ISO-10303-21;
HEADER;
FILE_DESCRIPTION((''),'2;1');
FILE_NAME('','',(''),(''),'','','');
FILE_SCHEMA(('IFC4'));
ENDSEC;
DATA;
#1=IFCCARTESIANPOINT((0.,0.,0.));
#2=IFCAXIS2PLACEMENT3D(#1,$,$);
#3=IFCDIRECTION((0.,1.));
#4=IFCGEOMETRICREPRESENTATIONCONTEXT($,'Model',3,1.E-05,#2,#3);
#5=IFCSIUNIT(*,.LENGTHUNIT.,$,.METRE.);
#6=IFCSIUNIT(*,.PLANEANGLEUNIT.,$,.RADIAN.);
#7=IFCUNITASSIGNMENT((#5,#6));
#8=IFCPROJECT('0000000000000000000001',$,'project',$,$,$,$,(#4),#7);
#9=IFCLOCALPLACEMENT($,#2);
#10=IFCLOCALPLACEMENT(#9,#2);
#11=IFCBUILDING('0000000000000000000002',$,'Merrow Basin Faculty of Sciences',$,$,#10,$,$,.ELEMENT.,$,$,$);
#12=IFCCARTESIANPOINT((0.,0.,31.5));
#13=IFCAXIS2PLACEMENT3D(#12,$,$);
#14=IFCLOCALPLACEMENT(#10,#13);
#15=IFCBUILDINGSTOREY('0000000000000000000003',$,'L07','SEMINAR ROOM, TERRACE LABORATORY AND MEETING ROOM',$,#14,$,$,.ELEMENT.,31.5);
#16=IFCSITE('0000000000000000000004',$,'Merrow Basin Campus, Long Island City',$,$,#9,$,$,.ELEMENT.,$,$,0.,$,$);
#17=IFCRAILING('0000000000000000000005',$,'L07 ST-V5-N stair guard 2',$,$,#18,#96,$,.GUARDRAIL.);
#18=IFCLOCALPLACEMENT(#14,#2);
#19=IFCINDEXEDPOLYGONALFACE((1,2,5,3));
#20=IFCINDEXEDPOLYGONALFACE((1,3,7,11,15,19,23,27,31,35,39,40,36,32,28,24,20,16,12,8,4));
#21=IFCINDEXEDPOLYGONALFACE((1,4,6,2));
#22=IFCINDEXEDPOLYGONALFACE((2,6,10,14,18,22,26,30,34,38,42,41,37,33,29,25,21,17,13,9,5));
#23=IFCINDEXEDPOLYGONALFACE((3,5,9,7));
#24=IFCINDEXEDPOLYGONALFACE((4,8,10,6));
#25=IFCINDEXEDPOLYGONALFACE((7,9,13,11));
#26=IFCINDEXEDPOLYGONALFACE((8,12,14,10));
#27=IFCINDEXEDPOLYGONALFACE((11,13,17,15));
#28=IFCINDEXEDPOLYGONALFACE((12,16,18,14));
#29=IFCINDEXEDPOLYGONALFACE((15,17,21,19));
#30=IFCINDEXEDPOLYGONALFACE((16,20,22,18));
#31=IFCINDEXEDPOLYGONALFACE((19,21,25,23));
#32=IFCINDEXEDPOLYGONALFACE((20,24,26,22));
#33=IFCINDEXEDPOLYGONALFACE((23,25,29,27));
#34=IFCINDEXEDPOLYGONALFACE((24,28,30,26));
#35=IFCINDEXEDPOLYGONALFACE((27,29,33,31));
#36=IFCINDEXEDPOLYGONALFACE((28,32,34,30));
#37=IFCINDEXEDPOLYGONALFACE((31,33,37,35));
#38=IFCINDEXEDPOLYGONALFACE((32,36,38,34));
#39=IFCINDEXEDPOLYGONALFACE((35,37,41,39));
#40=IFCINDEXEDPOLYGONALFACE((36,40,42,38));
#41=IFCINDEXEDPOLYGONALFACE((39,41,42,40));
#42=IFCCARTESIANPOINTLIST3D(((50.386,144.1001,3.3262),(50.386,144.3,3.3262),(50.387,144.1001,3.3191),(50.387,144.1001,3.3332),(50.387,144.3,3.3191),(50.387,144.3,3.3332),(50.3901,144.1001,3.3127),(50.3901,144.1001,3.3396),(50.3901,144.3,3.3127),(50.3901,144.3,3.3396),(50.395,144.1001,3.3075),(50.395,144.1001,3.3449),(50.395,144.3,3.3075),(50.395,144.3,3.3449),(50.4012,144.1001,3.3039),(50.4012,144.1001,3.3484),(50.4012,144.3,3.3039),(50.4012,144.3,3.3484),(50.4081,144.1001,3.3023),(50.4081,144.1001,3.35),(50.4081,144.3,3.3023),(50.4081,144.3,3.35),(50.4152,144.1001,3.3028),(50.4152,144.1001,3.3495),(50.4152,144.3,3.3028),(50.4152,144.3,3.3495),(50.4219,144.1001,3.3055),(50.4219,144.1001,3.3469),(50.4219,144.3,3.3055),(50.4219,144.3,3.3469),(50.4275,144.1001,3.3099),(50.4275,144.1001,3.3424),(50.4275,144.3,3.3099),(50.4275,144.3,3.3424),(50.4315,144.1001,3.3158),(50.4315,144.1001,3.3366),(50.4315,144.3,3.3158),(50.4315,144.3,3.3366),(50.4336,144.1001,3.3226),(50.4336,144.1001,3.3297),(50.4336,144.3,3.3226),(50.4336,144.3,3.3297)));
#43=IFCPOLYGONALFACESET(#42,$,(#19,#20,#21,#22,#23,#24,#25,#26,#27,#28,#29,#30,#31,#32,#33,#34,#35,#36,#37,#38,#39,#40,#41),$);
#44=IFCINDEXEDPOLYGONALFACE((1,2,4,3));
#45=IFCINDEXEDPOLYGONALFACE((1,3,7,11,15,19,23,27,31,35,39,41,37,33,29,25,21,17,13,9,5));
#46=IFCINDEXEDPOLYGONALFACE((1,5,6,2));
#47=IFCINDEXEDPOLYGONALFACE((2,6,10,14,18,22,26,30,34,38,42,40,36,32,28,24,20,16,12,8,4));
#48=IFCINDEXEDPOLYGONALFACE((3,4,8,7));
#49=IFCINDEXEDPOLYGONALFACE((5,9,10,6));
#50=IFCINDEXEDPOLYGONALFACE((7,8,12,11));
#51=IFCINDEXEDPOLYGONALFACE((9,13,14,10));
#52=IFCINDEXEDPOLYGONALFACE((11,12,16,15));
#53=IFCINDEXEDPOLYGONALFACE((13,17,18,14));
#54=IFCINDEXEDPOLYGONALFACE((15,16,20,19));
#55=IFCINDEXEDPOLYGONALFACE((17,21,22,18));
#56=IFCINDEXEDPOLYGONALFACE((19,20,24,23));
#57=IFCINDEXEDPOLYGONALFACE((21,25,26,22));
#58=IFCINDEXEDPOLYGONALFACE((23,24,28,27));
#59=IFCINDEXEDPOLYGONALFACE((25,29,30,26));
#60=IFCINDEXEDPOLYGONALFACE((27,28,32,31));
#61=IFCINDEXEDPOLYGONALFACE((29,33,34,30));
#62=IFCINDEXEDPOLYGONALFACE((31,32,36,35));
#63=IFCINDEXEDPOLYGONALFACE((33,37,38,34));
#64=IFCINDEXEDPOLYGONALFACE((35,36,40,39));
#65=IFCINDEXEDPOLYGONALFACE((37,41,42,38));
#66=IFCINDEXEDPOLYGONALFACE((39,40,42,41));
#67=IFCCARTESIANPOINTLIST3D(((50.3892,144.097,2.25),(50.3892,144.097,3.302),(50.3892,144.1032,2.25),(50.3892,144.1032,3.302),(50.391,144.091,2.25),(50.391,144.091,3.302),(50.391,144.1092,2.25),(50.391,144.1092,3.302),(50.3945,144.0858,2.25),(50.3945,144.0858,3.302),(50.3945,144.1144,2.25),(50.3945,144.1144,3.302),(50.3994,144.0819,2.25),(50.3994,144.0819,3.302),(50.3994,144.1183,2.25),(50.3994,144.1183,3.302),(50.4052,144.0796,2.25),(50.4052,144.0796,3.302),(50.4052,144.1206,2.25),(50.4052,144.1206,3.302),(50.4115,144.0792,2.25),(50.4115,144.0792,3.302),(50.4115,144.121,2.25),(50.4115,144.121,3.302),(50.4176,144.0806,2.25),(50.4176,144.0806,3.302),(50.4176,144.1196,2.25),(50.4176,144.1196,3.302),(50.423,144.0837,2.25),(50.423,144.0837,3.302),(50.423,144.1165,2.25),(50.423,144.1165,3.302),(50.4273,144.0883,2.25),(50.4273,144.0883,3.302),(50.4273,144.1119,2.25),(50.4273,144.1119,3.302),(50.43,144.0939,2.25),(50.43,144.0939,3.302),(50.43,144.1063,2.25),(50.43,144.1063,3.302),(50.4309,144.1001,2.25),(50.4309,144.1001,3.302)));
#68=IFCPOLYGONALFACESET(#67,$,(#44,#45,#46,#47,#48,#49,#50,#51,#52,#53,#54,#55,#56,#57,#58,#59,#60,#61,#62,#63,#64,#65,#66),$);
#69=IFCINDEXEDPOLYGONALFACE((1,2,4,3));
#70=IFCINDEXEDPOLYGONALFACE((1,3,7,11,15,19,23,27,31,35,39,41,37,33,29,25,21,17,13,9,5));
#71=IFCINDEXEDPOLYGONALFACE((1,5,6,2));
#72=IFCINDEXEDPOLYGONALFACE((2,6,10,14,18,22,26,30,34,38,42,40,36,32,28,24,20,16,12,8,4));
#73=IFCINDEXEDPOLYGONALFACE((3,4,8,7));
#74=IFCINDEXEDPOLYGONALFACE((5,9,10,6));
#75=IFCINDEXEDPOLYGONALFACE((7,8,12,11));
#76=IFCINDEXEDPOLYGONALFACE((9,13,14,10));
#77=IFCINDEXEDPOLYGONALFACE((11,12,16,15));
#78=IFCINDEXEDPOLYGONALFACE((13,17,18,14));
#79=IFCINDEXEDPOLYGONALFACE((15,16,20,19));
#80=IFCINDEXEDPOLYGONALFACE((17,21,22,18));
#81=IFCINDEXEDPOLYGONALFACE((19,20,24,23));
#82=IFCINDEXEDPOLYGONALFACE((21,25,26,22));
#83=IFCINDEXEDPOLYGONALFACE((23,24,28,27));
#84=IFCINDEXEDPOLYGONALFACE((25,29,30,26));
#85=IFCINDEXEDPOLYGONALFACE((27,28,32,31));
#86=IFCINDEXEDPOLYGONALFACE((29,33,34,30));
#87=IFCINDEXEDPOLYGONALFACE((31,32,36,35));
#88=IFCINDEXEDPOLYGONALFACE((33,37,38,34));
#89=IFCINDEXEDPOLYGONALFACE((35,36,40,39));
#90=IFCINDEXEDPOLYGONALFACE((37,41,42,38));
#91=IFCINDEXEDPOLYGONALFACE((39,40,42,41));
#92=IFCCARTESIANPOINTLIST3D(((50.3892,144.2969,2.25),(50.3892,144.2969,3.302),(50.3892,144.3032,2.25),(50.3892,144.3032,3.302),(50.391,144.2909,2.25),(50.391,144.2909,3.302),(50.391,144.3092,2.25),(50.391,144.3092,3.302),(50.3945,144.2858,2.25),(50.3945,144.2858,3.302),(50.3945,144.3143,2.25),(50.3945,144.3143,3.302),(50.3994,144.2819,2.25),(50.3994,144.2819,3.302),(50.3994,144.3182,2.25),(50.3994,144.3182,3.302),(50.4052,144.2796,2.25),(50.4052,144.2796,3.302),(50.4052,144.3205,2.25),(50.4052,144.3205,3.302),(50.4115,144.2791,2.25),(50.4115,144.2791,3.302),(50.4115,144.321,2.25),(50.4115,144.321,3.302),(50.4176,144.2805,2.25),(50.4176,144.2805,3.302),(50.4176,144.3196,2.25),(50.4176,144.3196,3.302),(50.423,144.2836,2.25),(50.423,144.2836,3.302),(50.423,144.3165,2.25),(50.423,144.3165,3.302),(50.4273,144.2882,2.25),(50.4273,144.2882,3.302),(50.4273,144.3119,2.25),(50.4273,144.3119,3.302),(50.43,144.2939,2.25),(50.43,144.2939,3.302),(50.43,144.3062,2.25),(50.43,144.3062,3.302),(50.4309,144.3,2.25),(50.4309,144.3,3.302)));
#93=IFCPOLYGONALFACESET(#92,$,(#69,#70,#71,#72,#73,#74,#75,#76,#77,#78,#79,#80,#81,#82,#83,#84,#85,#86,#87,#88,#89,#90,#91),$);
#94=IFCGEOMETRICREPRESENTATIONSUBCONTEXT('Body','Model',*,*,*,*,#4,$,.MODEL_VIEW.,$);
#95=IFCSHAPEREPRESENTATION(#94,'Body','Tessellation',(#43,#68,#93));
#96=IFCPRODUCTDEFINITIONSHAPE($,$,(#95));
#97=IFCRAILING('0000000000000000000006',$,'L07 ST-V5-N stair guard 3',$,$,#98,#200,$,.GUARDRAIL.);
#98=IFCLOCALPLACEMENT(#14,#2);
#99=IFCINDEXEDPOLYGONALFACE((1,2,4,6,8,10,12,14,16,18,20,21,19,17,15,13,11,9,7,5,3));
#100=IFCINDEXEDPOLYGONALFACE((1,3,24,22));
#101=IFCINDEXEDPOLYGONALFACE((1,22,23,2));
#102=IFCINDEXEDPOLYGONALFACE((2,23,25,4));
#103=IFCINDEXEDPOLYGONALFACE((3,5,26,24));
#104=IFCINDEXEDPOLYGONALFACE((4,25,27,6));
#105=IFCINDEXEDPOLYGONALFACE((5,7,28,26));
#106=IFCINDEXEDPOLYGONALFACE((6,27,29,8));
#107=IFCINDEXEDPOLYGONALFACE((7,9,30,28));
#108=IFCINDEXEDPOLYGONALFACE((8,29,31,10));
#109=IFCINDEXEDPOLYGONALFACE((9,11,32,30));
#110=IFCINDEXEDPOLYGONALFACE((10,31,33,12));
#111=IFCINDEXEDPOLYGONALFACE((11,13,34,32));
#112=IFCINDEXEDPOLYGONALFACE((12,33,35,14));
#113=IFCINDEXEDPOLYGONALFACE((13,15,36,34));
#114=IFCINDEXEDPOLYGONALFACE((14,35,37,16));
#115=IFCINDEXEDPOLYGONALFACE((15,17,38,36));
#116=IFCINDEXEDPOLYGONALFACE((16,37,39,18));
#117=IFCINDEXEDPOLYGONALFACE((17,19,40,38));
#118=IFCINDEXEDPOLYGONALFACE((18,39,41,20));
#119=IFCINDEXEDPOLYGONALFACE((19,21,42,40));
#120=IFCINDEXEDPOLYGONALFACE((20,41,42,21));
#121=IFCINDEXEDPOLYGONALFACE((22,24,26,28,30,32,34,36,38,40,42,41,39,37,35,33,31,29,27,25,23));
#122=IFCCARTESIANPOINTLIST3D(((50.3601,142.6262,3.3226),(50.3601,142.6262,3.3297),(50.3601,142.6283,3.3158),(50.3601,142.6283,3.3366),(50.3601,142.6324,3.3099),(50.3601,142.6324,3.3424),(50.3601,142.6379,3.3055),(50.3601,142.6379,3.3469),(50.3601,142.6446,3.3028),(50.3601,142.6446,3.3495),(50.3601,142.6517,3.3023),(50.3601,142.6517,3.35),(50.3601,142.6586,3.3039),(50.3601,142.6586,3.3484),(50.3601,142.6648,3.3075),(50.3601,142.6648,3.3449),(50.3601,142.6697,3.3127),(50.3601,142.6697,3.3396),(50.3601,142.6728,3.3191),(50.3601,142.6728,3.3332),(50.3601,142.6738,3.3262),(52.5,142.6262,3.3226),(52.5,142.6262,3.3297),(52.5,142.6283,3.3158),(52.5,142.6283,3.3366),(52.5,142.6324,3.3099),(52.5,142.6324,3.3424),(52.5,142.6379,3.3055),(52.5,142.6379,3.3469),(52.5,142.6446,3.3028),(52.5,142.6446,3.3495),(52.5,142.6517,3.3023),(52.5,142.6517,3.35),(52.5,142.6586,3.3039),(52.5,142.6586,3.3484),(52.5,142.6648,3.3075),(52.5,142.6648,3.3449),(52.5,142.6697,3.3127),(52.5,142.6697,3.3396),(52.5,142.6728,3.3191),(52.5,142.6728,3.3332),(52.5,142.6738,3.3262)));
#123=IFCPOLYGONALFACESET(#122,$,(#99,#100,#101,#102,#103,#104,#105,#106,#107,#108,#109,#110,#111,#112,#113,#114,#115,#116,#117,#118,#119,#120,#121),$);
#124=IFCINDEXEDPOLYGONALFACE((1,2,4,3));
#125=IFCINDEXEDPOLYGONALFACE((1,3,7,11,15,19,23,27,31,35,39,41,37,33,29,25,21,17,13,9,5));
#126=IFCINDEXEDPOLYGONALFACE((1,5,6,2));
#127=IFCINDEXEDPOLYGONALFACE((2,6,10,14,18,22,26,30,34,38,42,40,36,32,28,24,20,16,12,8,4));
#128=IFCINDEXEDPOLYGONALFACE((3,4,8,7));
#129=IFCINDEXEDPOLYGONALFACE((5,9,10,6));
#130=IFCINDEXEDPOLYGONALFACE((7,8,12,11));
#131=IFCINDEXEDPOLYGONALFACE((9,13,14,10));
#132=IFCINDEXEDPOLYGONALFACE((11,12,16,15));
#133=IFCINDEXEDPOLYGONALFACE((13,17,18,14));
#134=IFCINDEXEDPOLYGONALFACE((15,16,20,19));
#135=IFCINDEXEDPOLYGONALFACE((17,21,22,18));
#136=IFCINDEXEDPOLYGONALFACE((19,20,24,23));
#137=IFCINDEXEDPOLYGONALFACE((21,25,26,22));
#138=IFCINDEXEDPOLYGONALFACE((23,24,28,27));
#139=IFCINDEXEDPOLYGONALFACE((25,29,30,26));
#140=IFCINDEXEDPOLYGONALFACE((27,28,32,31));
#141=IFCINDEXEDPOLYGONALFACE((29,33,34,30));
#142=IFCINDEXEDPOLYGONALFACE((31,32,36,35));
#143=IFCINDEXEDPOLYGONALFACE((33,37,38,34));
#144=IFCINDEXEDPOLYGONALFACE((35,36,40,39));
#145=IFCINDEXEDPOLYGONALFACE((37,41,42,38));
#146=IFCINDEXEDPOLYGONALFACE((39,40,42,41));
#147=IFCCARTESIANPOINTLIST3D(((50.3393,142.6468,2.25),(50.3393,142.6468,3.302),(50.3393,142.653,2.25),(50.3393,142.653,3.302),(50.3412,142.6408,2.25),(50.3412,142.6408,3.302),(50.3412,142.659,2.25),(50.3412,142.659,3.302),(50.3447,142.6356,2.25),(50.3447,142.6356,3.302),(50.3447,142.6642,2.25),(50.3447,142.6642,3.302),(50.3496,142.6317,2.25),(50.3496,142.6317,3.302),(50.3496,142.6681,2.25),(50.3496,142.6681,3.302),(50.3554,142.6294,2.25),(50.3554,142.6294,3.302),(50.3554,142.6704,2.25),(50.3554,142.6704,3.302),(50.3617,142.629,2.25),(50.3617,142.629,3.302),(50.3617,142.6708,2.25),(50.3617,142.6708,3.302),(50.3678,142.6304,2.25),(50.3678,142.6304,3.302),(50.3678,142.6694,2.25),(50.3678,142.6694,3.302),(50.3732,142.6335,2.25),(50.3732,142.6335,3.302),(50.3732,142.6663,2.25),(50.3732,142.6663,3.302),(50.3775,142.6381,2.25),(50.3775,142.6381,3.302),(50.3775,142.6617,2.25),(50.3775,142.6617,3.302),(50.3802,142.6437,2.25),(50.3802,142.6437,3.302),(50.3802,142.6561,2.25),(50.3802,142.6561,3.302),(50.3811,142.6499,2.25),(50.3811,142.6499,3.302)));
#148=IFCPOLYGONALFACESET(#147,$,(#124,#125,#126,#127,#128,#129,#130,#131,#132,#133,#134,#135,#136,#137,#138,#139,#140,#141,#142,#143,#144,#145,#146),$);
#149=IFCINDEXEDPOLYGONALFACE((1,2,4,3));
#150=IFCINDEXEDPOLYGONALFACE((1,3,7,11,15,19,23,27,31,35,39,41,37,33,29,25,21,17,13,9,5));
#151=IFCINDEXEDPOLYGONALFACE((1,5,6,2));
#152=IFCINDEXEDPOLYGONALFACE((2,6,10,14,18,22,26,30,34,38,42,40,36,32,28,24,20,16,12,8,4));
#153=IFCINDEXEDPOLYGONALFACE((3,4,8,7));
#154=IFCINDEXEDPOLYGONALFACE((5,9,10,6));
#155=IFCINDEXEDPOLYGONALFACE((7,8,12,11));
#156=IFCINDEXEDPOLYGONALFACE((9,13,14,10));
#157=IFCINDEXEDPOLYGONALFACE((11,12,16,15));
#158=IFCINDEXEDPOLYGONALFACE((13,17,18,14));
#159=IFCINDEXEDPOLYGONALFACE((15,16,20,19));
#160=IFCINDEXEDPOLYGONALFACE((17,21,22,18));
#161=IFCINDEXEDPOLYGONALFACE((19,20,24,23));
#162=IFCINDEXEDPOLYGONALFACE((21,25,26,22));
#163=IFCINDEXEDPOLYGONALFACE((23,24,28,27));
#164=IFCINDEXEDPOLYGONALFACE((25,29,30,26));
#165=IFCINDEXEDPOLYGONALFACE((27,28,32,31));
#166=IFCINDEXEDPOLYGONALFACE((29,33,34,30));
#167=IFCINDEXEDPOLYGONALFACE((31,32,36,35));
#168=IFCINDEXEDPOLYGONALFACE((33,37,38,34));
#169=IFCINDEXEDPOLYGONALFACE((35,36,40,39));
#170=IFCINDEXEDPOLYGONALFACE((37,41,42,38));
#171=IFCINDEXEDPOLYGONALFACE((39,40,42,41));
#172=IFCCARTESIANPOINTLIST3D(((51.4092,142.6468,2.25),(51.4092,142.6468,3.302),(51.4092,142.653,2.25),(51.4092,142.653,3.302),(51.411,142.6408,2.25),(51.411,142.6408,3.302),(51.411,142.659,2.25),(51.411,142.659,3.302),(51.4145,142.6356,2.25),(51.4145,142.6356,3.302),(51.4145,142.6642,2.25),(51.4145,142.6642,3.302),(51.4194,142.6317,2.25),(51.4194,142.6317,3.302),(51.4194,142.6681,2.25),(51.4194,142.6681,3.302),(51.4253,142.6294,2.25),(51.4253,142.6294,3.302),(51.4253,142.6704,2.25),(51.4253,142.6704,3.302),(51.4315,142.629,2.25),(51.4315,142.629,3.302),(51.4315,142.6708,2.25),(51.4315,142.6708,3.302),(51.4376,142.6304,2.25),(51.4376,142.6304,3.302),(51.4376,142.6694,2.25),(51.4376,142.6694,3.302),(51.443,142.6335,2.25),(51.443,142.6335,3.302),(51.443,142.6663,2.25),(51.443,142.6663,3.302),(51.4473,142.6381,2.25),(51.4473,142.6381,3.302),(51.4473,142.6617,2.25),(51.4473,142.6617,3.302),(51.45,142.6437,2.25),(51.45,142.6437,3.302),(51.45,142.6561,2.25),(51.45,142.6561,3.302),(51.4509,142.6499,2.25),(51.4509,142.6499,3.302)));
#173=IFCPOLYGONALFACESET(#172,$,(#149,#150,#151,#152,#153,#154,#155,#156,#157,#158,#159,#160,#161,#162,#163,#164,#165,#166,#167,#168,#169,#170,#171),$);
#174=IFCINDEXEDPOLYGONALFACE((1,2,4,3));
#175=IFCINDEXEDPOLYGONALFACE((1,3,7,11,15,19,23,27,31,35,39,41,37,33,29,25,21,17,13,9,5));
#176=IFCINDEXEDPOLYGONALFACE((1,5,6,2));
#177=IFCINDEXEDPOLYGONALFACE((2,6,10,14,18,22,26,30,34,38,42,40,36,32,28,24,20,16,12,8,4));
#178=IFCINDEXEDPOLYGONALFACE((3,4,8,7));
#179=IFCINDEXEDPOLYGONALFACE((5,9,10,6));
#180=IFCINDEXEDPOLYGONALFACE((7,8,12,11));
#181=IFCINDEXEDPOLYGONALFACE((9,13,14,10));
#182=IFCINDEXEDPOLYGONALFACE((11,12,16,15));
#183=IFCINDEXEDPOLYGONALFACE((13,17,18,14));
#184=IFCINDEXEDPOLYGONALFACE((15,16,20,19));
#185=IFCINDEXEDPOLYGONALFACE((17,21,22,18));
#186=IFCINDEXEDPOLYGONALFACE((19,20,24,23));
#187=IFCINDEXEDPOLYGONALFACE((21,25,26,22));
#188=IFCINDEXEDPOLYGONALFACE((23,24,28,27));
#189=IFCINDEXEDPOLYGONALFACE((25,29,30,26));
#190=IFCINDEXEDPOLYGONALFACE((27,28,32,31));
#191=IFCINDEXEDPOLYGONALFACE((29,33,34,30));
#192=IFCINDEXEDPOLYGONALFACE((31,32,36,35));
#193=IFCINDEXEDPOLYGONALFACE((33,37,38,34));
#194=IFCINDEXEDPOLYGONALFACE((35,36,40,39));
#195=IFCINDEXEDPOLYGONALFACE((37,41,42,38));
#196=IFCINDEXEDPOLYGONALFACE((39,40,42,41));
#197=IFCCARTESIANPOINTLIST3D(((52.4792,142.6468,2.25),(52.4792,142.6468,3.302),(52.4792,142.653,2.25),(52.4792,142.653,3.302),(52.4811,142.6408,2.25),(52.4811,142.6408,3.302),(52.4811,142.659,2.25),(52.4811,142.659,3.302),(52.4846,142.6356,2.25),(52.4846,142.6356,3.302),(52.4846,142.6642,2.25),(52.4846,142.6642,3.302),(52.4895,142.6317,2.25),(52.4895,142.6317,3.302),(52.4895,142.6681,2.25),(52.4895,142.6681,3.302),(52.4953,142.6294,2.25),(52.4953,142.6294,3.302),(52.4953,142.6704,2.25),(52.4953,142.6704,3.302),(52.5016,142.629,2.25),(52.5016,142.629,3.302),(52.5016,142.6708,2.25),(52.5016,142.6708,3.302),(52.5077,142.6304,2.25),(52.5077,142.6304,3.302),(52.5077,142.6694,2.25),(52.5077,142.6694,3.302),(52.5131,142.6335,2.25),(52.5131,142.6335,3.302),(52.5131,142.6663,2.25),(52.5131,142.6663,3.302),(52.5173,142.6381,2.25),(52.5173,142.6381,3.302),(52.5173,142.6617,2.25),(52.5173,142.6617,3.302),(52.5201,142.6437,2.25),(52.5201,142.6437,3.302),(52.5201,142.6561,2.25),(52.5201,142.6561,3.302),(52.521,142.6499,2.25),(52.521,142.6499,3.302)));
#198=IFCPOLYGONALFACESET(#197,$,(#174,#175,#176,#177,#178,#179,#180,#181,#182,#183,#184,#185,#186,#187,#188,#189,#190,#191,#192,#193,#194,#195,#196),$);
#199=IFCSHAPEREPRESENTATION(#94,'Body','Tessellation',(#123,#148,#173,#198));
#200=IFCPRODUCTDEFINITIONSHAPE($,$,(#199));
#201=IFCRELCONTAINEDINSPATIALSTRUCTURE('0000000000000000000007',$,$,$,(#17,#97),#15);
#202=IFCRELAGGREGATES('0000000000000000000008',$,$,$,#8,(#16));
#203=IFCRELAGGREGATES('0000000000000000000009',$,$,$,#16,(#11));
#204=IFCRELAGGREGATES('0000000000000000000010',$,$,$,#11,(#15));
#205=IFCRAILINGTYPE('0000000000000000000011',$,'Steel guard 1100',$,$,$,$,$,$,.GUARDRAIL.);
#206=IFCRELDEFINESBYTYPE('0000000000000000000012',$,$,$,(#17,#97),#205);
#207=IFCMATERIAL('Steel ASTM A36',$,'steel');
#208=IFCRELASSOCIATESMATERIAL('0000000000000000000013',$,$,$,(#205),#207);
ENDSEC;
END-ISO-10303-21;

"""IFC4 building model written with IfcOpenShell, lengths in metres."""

from ifc_helpers import new_model, si_unit, direction, frame, origin, origin_2d, place, context, subcontext, project, spatial, circle, extrude, material, type_object, element, save


model = new_model("IFC4")

# Units and contexts
model_context = context("Model", 3, precision=1e-05, world=origin(), true_north=direction((0.0, 1.0)))
body_context = subcontext(model_context, "Body", "Model", "MODEL_VIEW")
ifc_project = project(units=[si_unit("LENGTHUNIT", "METRE"), si_unit("PLANEANGLEUNIT", "RADIAN")], contexts=[model_context])

# Site, building, storey
site_placement = place(None, origin())
site = spatial("IfcSite", under=ifc_project, at=site_placement, Name="Merrow Basin Campus, Long Island City", CompositionType="ELEMENT", RefElevation=0.0)
building_placement = place(site_placement, origin())
building = spatial("IfcBuilding", under=site, at=building_placement, Name="Merrow Basin Faculty of Sciences", CompositionType="ELEMENT")
storey_placement = place(building_placement, frame((0.0, 0.0, 31.5)))
storey = spatial("IfcBuildingStorey", under=building, at=storey_placement, Name="L07", Description="SEMINAR ROOM, TERRACE LABORATORY AND MEETING ROOM", CompositionType="ELEMENT", Elevation=31.5)

# Railings
ifc_material_1 = material(Name="Steel ASTM A36", Category="steel")
railing_type_1 = type_object("IfcRailingType", Name="Steel guard 1100", PredefinedType="GUARDRAIL", material=ifc_material_1)
railing_1_placement = place(storey_placement, frame((50.4099, 144.1001, 2.25)))
element("IfcRailing", 1, at=railing_1_placement, inside=storey, type_object=railing_type_1, Name="L07 ST-V5-N stair guard 2", PredefinedType="GUARDRAIL", context=body_context, shape_type="SweptSolid", body=[
    extrude(circle(Radius=0.0239, at=origin_2d()), frame((0.0, 0.0, 1.0762), z_axis=(0.0, 1.0, 0.0), x_axis=(-1.0, 0.0, 0.0)), (0.0, 0.0, 1.0), 0.2),
    extrude(circle(Radius=0.021, at=origin_2d()), origin(), (0.0, 0.0, 1.0), 1.052),
    extrude(circle(Radius=0.021, at=origin_2d()), frame((0.0, 0.2, 0.0)), (0.0, 0.0, 1.0), 1.052),
])
railing_2_placement = place(storey_placement, frame((50.3601, 142.6499, 2.25)))
element("IfcRailing", 2, at=railing_2_placement, inside=storey, type_object=railing_type_1, Name="L07 ST-V5-N stair guard 3", PredefinedType="GUARDRAIL", context=body_context, shape_type="SweptSolid", body=[
    extrude(circle(Radius=0.0239, at=origin_2d()), frame((0.0, 0.0, 1.0762), z_axis=(1.0, 0.0, 0.0), x_axis=(0.0, 1.0, 0.0)), (0.0, 0.0, 1.0), 2.1399),
    extrude(circle(Radius=0.021, at=origin_2d()), origin(), (0.0, 0.0, 1.0), 1.052),
    extrude(circle(Radius=0.021, at=origin_2d()), frame((1.0698, 0.0, 0.0)), (0.0, 0.0, 1.0), 1.052),
    extrude(circle(Radius=0.021, at=origin_2d()), frame((2.1399, 0.0, 0.0)), (0.0, 0.0, 1.0), 1.052),
])

save(model, "model.ifc")
